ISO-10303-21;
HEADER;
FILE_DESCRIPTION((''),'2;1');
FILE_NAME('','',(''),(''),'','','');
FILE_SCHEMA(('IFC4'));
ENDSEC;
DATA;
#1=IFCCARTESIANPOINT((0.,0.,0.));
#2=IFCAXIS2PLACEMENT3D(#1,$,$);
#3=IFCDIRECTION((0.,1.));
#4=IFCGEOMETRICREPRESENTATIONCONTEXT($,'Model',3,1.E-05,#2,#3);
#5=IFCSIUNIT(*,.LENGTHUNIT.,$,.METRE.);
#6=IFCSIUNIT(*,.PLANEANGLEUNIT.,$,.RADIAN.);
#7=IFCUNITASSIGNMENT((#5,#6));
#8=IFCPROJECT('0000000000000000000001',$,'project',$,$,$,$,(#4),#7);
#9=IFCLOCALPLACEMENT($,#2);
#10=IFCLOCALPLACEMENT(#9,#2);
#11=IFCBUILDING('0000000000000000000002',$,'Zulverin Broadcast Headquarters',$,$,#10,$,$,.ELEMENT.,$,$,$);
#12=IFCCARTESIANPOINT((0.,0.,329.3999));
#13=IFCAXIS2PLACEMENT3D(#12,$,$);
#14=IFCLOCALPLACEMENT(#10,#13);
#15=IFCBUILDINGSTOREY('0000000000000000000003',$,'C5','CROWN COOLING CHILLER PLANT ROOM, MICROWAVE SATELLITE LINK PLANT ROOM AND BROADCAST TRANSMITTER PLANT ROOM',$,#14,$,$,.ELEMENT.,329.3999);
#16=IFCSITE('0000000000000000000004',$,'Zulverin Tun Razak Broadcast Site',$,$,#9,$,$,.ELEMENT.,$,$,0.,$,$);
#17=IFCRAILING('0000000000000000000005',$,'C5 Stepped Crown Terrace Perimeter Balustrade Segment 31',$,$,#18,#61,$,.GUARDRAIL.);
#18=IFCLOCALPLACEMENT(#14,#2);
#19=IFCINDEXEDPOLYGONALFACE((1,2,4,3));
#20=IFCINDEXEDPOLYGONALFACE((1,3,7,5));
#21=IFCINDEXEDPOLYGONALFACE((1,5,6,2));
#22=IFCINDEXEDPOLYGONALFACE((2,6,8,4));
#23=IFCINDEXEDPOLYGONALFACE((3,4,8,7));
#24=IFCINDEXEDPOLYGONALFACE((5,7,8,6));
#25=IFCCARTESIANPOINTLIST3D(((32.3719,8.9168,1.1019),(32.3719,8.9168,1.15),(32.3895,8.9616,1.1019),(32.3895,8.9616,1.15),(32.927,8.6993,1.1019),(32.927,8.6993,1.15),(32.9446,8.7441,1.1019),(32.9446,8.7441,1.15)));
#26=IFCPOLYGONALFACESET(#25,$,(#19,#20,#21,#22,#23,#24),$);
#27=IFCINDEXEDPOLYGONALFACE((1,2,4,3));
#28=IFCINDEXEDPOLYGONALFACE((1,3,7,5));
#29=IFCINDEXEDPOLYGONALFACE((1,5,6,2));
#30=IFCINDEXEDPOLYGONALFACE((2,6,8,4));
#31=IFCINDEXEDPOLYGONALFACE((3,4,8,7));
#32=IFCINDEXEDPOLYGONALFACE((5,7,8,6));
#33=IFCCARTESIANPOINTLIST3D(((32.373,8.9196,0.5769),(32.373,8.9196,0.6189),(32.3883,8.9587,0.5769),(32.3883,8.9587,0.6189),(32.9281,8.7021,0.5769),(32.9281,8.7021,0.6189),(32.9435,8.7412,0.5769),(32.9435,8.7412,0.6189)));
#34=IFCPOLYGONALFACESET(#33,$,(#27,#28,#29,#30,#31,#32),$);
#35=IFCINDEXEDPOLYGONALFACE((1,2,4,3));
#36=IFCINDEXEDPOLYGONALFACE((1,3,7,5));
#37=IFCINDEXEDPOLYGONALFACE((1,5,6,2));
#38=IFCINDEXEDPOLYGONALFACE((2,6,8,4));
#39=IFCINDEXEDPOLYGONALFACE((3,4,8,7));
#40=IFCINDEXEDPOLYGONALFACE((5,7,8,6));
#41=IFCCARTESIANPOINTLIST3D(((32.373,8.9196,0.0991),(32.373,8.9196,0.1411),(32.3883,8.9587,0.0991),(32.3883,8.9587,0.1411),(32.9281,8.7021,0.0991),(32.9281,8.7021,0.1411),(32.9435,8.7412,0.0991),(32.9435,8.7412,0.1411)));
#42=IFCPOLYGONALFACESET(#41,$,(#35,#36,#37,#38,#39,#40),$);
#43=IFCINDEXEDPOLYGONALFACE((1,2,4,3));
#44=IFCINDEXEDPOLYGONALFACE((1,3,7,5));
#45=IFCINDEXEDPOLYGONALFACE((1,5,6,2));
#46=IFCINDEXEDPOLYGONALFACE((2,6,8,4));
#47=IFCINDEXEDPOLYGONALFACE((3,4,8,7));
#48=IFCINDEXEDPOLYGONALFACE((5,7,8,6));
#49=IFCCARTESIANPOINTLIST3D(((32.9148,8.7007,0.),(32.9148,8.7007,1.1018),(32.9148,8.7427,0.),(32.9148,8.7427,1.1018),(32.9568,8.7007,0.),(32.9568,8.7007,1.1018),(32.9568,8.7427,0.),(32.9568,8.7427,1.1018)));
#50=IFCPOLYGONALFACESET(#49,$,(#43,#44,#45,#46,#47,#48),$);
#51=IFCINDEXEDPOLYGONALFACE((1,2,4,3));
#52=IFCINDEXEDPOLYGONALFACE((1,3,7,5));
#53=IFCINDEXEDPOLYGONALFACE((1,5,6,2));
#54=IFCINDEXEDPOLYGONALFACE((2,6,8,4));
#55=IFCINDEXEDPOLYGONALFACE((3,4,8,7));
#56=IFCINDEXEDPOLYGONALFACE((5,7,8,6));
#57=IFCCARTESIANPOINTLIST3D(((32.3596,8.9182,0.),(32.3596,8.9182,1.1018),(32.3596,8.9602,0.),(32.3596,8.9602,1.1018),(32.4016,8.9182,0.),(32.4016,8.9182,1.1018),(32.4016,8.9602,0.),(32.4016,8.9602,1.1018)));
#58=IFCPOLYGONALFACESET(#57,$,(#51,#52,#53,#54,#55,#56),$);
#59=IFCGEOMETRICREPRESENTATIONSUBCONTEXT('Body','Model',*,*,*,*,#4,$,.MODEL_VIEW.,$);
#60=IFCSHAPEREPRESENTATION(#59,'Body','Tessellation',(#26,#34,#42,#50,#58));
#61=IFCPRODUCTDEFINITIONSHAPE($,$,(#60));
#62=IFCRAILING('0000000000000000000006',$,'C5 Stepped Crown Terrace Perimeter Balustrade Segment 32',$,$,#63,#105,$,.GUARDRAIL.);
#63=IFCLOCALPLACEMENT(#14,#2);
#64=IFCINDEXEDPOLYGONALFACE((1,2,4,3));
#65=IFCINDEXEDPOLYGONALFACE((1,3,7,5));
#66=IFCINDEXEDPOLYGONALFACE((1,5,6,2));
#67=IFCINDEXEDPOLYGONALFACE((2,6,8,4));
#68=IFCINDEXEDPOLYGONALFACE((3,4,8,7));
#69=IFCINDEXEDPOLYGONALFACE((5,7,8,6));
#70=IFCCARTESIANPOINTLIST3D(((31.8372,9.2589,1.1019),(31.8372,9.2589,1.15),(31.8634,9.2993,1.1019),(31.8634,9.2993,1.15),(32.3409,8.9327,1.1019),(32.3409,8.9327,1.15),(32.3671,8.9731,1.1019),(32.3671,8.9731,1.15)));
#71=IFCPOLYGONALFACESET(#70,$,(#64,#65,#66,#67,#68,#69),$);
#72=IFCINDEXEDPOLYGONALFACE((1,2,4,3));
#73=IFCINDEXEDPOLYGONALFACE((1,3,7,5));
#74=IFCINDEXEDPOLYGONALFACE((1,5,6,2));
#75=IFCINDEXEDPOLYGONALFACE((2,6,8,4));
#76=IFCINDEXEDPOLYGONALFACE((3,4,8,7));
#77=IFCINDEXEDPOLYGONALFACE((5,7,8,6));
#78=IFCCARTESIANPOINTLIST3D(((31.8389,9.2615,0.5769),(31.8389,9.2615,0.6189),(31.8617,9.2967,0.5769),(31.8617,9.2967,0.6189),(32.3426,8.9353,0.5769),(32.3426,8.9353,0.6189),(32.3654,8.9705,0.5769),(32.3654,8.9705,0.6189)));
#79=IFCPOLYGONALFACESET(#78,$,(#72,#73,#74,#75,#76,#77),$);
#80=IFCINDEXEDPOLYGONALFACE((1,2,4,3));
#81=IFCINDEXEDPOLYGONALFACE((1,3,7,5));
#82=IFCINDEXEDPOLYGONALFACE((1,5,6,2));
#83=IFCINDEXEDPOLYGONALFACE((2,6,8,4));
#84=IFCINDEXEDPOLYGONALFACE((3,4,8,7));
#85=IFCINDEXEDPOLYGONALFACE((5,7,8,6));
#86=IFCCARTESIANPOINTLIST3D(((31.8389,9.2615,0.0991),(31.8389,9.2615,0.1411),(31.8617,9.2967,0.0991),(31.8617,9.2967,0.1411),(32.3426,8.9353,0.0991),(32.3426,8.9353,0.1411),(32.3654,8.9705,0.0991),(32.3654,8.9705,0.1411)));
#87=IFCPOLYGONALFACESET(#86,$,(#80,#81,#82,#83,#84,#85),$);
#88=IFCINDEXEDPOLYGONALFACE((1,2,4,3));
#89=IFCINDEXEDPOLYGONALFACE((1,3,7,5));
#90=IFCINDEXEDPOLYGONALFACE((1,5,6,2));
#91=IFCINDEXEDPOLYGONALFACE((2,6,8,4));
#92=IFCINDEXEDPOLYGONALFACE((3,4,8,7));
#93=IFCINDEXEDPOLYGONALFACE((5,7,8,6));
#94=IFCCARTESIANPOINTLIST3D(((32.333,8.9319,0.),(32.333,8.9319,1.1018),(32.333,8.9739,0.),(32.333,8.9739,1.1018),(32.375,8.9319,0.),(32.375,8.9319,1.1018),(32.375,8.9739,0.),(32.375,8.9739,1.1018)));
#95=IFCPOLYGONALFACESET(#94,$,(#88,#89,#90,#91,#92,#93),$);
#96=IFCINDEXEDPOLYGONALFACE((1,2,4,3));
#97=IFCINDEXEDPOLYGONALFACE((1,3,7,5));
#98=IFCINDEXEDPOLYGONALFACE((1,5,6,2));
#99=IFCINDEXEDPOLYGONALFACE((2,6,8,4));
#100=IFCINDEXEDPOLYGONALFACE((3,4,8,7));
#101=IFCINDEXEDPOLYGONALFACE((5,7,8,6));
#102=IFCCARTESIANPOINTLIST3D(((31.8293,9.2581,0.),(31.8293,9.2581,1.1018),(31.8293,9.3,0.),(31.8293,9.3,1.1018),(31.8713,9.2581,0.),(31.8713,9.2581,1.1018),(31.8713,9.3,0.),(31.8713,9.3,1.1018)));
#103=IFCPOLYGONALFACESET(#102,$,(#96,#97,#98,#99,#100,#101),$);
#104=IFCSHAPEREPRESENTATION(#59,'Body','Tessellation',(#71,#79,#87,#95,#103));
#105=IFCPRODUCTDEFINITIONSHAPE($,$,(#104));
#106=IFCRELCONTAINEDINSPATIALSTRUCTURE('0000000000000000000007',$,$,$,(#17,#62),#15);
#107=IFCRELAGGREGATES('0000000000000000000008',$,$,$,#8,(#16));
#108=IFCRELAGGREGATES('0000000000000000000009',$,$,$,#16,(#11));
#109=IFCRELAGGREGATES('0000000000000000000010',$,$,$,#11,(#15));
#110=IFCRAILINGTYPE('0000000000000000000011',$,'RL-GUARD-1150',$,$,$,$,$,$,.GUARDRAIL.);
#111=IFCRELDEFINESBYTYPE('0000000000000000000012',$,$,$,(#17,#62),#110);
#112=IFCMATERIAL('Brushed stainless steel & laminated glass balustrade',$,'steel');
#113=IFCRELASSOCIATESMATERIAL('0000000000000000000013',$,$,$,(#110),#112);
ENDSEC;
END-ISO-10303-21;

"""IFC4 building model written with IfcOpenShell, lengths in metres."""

from ifc_helpers import new_model, si_unit, direction, frame, origin, origin_2d, place, context, subcontext, project, spatial, rectangle, extrude, material, type_object, element, save


model = new_model("IFC4")

# Units and contexts
model_context = context("Model", 3, precision=1e-05, world=origin(), true_north=direction((0.0, 1.0)))
body_context = subcontext(model_context, "Body", "Model", "MODEL_VIEW")
ifc_project = project(units=[si_unit("LENGTHUNIT", "METRE"), si_unit("PLANEANGLEUNIT", "RADIAN")], contexts=[model_context])

# Site, building, storey
site_placement = place(None, origin())
site = spatial("IfcSite", under=ifc_project, at=site_placement, Name="Zulverin Tun Razak Broadcast Site", CompositionType="ELEMENT", RefElevation=0.0)
building_placement = place(site_placement, origin())
building = spatial("IfcBuilding", under=site, at=building_placement, Name="Zulverin Broadcast Headquarters", CompositionType="ELEMENT")
storey_placement = place(building_placement, frame((0.0, 0.0, 329.3999)))
storey = spatial("IfcBuildingStorey", under=building, at=storey_placement, Name="C5", Description="CROWN COOLING CHILLER PLANT ROOM, MICROWAVE SATELLITE LINK PLANT ROOM AND BROADCAST TRANSMITTER PLANT ROOM", CompositionType="ELEMENT", Elevation=329.3999)

# Railings
ifc_material_1 = material(Name="Brushed stainless steel & laminated glass balustrade", Category="steel")
railing_type = type_object("IfcRailingType", Name="RL-GUARD-1150", PredefinedType="GUARDRAIL", material=ifc_material_1)
railing_1_placement = place(storey_placement, frame((32.9358, 8.7217, 0.0)))
element("IfcRailing", 1, at=railing_1_placement, inside=storey, type_object=railing_type, Name="C5 Stepped Crown Terrace Perimeter Balustrade Segment 31", PredefinedType="GUARDRAIL", context=body_context, shape_type="SweptSolid", body=[
    extrude(rectangle(XDim=0.0481, YDim=0.0481, at=origin_2d()), frame((0.0, 0.0, 1.126), z_axis=(-0.93108, 0.364816, 0.0), x_axis=(-0.364816, -0.93108, 0.0)), (0.0, 0.0, 1.0), 0.5962),
    extrude(rectangle(XDim=0.042, YDim=0.042, at=origin_2d()), frame((0.0, 0.0, 0.5979), z_axis=(-0.93108, 0.364816, 0.0), x_axis=(-0.364816, -0.93108, 0.0)), (0.0, 0.0, 1.0), 0.5962),
    extrude(rectangle(XDim=0.042, YDim=0.042, at=origin_2d()), frame((0.0, 0.0, 0.1201), z_axis=(-0.93108, 0.364816, 0.0), x_axis=(-0.364816, -0.93108, 0.0)), (0.0, 0.0, 1.0), 0.5962),
    extrude(rectangle(XDim=0.042, YDim=0.042, at=origin_2d()), origin(), (0.0, 0.0, 1.0), 1.1018),
    extrude(rectangle(XDim=0.042, YDim=0.042, at=origin_2d()), frame((-0.5552, 0.2175, 0.0)), (0.0, 0.0, 1.0), 1.1018),
])
railing_2_placement = place(storey_placement, frame((32.354, 8.9529, 0.0)))
element("IfcRailing", 2, at=railing_2_placement, inside=storey, type_object=railing_type, Name="C5 Stepped Crown Terrace Perimeter Balustrade Segment 32", PredefinedType="GUARDRAIL", context=body_context, shape_type="SweptSolid", body=[
    extrude(rectangle(XDim=0.0481, YDim=0.0481, at=origin_2d()), frame((0.0, 0.0, 1.126), z_axis=(-0.839363, 0.543572, 0.0), x_axis=(-0.543572, -0.839363, 0.0)), (0.0, 0.0, 1.0), 0.6001),
    extrude(rectangle(XDim=0.042, YDim=0.042, at=origin_2d()), frame((0.0, 0.0, 0.5979), z_axis=(-0.839363, 0.543572, 0.0), x_axis=(-0.543572, -0.839363, 0.0)), (0.0, 0.0, 1.0), 0.6001),
    extrude(rectangle(XDim=0.042, YDim=0.042, at=origin_2d()), frame((0.0, 0.0, 0.1201), z_axis=(-0.839363, 0.543572, 0.0), x_axis=(-0.543572, -0.839363, 0.0)), (0.0, 0.0, 1.0), 0.6001),
    extrude(rectangle(XDim=0.042, YDim=0.042, at=origin_2d()), origin(), (0.0, 0.0, 1.0), 1.1018),
    extrude(rectangle(XDim=0.042, YDim=0.042, at=origin_2d()), frame((-0.5037, 0.3262, 0.0)), (0.0, 0.0, 1.0), 1.1018),
])

save(model, "model.ifc")
